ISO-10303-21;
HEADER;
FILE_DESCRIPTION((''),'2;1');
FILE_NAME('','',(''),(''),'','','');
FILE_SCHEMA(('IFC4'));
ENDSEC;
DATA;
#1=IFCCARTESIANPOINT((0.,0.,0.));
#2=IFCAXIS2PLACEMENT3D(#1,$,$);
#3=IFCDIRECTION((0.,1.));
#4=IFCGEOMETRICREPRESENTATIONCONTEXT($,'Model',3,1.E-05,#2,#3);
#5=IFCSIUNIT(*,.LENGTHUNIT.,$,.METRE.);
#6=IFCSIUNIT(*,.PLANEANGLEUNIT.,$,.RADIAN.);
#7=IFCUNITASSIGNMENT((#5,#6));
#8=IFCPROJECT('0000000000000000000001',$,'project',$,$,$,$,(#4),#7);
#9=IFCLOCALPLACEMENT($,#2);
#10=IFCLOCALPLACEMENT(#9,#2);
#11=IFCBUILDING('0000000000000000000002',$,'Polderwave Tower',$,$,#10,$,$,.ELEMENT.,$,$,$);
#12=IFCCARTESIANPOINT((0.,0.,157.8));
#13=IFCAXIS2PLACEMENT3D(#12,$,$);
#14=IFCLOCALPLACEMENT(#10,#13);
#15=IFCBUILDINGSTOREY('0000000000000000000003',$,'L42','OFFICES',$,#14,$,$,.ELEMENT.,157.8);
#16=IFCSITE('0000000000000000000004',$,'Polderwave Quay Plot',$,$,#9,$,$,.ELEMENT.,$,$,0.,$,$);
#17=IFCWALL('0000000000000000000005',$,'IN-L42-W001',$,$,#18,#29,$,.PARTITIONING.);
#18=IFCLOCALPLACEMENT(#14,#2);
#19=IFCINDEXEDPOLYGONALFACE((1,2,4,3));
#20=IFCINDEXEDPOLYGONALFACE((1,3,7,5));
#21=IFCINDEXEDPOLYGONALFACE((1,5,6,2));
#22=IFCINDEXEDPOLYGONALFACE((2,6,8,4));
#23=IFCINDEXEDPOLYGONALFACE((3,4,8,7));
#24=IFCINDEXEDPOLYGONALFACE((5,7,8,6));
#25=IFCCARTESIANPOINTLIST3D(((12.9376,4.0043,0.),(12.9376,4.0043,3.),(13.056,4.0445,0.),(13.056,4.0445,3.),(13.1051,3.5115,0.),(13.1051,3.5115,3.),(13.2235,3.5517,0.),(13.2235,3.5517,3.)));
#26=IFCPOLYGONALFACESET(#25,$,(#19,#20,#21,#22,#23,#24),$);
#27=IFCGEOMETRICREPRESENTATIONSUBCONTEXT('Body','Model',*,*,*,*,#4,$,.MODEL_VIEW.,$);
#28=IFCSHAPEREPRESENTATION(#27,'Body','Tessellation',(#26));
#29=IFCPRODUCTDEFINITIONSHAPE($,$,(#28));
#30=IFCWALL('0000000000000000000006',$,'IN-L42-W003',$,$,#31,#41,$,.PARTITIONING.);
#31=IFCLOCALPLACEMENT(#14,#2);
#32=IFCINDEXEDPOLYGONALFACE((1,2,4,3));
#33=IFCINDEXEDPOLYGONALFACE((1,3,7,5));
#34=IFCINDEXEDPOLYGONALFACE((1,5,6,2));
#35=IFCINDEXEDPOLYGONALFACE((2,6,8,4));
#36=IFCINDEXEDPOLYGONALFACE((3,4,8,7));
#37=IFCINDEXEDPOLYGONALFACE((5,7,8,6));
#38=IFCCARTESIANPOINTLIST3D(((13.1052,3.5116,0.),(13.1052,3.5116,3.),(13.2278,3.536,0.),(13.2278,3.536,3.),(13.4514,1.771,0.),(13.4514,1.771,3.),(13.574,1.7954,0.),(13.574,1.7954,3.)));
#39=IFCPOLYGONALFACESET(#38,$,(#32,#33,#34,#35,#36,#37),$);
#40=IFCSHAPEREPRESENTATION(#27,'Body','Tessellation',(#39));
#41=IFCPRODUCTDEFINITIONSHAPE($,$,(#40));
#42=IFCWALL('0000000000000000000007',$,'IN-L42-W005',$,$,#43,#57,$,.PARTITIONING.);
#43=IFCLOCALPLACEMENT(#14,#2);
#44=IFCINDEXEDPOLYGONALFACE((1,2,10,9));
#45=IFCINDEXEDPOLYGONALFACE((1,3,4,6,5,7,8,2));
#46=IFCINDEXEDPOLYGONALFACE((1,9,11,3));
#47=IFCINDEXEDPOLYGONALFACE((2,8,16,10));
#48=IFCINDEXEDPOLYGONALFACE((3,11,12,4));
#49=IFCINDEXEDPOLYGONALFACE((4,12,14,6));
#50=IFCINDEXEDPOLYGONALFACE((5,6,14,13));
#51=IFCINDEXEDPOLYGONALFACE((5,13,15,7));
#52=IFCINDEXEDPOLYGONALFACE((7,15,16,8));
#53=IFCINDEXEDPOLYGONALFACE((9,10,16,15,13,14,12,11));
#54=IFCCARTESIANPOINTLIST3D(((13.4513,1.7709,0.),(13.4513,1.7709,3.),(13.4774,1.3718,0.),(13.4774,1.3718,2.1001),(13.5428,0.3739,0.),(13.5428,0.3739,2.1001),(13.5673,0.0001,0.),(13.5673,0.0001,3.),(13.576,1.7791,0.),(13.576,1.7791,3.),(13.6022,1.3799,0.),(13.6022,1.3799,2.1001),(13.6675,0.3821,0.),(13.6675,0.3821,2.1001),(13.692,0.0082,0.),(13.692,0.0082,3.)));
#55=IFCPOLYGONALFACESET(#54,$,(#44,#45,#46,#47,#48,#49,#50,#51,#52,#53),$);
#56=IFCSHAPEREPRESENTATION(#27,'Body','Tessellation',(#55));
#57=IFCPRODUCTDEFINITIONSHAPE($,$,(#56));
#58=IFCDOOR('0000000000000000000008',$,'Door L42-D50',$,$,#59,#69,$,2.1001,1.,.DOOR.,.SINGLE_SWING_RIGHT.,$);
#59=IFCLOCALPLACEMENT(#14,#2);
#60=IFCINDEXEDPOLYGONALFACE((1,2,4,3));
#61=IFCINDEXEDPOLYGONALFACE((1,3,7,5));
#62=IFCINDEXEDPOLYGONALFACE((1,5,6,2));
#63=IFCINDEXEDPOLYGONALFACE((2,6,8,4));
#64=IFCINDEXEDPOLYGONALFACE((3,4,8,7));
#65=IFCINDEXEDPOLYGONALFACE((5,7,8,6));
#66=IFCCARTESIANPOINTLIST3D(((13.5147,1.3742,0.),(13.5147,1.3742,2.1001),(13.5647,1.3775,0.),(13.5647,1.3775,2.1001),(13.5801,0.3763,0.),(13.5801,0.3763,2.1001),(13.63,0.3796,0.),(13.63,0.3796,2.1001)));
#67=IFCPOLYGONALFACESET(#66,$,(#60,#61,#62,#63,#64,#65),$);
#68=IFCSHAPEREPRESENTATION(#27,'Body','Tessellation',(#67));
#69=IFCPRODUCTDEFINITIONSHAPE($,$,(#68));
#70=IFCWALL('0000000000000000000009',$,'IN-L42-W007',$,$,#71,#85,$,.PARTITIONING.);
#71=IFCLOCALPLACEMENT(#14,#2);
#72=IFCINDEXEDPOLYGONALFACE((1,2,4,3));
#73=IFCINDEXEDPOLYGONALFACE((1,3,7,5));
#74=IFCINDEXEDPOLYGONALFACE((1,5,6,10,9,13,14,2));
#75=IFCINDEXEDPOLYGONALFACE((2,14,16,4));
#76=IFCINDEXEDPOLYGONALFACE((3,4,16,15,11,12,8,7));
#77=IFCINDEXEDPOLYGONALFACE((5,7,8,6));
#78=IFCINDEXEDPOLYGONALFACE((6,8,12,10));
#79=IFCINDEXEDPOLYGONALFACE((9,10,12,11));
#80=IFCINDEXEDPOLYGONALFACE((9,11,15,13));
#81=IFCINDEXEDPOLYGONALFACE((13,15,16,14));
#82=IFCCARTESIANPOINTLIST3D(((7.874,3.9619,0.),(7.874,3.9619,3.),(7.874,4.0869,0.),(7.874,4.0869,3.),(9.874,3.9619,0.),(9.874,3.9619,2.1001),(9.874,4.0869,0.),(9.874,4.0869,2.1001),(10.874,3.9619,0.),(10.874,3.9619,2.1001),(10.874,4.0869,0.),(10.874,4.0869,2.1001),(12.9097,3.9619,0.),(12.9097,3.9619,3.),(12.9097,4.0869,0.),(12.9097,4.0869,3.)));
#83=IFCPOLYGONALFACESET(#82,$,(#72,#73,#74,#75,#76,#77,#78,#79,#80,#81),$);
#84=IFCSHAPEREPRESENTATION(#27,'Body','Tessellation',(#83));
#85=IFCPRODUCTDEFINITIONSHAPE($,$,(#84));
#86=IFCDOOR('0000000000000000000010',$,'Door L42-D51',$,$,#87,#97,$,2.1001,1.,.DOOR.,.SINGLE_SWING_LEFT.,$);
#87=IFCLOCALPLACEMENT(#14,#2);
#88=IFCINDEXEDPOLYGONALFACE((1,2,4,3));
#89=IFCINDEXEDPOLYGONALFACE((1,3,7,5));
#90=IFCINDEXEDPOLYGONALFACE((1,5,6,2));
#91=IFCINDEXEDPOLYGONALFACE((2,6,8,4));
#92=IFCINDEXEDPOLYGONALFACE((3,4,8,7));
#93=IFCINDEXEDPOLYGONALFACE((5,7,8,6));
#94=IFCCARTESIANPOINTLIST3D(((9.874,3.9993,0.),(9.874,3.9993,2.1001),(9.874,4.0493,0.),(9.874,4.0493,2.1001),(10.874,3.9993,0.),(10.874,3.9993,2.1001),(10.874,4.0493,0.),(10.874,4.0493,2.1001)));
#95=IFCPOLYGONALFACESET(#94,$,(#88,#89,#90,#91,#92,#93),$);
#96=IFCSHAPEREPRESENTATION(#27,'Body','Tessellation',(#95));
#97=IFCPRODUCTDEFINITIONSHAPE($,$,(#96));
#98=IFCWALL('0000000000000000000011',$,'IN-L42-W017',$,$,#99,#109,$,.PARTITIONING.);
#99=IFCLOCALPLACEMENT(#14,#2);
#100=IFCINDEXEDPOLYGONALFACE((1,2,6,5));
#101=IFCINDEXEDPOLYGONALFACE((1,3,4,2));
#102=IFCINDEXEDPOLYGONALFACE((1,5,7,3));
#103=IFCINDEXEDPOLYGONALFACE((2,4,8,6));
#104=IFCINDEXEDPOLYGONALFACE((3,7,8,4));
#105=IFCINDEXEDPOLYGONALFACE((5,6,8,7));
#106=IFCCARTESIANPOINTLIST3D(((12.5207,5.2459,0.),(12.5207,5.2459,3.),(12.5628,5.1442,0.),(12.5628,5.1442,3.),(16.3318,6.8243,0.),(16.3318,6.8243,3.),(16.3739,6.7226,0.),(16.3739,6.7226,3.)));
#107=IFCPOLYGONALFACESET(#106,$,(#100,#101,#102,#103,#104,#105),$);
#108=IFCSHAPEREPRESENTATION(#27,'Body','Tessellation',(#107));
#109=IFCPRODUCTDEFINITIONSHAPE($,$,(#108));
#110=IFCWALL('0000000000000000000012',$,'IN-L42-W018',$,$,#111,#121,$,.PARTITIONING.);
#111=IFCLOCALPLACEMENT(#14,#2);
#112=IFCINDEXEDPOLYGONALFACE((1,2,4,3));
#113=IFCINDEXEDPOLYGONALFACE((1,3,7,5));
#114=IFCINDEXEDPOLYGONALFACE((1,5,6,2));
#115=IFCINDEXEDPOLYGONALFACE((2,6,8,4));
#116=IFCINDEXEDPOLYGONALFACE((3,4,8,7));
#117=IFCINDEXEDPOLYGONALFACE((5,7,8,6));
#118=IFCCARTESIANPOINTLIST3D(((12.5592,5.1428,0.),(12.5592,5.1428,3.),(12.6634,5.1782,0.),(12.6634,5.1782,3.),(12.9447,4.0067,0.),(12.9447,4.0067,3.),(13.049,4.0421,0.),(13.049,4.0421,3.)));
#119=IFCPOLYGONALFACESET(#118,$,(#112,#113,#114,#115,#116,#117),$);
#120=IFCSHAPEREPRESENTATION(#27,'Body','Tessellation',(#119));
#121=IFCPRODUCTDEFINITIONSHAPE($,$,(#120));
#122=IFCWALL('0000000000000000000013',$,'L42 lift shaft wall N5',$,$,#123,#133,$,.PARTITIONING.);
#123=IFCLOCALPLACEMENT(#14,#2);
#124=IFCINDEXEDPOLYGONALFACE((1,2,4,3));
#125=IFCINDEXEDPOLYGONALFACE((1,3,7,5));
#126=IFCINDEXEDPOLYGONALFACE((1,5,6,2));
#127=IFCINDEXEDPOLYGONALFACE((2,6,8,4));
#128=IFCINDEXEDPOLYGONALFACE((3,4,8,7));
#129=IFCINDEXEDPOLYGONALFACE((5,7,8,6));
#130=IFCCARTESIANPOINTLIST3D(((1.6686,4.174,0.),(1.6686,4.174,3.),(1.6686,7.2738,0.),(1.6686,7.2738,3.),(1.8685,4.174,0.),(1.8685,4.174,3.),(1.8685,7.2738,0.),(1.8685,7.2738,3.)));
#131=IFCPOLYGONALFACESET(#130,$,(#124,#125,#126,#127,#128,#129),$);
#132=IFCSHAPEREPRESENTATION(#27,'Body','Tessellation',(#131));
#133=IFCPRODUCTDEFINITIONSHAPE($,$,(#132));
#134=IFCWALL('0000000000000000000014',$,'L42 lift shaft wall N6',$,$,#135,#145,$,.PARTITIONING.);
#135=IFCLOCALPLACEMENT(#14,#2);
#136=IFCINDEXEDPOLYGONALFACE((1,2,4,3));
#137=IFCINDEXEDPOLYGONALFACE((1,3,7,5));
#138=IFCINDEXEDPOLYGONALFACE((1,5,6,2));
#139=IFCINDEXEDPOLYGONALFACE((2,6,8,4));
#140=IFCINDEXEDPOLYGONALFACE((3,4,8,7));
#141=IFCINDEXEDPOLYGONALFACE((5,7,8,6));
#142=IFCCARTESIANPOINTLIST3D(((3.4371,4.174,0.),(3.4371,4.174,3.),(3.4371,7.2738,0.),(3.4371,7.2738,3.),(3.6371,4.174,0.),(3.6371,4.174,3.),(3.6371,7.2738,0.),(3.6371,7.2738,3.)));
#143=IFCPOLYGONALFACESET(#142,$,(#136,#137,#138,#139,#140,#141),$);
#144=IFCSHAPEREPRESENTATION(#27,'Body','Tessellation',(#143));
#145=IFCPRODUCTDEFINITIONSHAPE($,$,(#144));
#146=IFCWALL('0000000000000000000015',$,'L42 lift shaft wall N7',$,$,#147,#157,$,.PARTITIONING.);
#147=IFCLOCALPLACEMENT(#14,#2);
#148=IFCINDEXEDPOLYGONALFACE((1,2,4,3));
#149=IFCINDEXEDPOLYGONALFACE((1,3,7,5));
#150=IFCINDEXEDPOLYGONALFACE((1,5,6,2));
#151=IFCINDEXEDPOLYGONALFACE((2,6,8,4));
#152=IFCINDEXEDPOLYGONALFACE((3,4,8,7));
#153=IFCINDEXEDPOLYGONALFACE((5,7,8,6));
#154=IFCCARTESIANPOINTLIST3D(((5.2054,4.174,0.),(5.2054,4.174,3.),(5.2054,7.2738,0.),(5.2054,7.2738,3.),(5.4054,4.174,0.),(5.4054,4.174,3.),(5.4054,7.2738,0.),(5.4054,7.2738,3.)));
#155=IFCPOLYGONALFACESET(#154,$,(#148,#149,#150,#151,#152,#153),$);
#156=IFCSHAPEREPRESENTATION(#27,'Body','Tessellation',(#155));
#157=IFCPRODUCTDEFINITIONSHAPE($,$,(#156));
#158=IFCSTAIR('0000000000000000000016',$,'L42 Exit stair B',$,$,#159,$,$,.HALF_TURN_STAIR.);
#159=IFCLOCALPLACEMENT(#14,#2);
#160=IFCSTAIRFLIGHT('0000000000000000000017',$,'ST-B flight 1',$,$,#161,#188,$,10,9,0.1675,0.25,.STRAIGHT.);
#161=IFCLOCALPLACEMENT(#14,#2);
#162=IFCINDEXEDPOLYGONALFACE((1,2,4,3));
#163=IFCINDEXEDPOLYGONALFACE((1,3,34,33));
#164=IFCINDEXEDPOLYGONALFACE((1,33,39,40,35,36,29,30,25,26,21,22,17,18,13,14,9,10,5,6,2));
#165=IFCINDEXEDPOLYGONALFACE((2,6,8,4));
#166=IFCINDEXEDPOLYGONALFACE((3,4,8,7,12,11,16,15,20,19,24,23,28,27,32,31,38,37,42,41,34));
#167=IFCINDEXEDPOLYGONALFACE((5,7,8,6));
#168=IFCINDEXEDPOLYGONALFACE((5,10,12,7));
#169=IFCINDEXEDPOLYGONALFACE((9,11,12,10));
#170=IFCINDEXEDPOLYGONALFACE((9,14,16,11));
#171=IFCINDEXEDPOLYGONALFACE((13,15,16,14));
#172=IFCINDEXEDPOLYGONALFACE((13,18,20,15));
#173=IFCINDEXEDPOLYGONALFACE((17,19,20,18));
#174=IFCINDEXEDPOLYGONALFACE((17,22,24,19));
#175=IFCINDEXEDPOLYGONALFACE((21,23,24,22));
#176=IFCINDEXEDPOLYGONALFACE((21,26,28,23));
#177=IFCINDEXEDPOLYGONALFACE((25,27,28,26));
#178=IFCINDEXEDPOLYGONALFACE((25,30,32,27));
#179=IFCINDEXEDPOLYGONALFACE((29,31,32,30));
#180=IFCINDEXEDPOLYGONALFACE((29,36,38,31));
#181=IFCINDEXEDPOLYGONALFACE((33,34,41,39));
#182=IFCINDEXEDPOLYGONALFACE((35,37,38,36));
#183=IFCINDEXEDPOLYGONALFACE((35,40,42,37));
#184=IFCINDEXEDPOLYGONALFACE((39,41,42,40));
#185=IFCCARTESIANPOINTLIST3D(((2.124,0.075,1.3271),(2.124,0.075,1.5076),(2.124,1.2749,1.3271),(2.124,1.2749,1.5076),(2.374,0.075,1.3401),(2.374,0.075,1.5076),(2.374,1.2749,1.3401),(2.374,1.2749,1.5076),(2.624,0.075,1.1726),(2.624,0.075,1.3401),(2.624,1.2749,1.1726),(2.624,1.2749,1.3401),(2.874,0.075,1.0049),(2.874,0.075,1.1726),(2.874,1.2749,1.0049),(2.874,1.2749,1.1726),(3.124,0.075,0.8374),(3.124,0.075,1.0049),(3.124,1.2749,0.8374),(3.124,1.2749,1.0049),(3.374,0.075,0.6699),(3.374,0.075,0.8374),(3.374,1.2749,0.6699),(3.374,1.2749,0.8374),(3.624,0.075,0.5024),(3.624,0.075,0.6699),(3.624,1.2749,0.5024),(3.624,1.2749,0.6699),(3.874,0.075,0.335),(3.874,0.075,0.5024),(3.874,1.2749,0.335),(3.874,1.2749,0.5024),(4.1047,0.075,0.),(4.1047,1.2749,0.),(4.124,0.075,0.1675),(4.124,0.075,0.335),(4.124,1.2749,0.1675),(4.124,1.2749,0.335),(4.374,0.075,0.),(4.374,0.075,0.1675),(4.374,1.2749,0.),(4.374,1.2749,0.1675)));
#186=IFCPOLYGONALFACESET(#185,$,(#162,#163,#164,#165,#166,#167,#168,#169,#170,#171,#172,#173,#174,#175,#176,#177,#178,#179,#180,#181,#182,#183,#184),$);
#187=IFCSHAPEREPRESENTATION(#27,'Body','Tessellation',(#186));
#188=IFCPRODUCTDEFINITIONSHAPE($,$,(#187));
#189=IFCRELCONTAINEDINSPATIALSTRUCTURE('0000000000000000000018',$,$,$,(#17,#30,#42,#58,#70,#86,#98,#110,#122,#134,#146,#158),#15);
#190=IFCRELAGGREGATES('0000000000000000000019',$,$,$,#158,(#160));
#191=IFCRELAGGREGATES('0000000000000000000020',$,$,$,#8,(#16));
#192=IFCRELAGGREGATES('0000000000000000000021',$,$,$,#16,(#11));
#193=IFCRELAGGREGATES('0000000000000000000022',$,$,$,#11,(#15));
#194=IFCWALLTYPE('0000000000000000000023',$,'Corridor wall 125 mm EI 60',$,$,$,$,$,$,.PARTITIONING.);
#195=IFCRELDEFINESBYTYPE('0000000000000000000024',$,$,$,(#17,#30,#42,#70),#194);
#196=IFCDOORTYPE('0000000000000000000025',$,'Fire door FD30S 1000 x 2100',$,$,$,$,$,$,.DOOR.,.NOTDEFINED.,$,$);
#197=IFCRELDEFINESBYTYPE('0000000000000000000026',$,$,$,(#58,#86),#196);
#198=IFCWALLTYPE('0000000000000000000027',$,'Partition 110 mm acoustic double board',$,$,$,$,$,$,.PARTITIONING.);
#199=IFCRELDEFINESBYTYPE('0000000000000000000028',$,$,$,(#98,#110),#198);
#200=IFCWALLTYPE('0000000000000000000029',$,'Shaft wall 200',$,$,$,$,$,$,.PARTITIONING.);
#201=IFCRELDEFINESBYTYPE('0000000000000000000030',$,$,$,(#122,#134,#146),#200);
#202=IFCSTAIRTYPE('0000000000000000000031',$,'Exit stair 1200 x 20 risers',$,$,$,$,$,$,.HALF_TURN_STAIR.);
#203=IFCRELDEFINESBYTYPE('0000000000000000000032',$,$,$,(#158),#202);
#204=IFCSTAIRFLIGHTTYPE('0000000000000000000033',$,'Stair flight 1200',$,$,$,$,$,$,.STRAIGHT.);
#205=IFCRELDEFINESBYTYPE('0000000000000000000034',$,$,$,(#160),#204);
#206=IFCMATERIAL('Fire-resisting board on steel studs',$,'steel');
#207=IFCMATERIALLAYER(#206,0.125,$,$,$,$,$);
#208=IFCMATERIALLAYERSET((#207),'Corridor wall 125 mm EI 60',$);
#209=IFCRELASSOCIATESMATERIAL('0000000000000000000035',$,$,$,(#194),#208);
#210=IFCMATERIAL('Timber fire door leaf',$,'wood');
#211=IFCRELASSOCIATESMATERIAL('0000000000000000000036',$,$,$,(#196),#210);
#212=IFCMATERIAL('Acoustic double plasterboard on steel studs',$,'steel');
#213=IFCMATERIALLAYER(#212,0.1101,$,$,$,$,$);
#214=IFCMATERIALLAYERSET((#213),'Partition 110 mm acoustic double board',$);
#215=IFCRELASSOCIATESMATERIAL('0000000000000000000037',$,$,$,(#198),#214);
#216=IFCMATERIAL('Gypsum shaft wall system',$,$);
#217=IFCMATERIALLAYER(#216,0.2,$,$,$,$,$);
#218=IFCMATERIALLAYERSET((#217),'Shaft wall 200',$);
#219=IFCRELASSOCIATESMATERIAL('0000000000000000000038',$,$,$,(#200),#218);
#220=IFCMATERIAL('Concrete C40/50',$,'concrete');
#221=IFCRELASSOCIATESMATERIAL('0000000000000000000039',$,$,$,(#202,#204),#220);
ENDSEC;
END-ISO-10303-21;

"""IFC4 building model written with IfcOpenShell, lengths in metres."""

from ifc_helpers import new_model, si_unit, direction, frame, frame_2d, origin, place, context, subcontext, project, spatial, polyline, rectangle, outline, extrude, material, layer, layer_set, type_object, element, fill, aggregate, save


model = new_model("IFC4")

# Units and contexts
model_context = context("Model", 3, precision=1e-05, world=origin(), true_north=direction((0.0, 1.0)))
body_context = subcontext(model_context, "Body", "Model", "MODEL_VIEW")
ifc_project = project(units=[si_unit("LENGTHUNIT", "METRE"), si_unit("PLANEANGLEUNIT", "RADIAN")], contexts=[model_context])

# Site, building, storey
site_placement = place(None, origin())
site = spatial("IfcSite", under=ifc_project, at=site_placement, Name="Polderwave Quay Plot", CompositionType="ELEMENT", RefElevation=0.0)
building_placement = place(site_placement, origin())
building = spatial("IfcBuilding", under=site, at=building_placement, Name="Polderwave Tower", CompositionType="ELEMENT")
storey_placement = place(building_placement, frame((0.0, 0.0, 157.8)))
storey = spatial("IfcBuildingStorey", under=building, at=storey_placement, Name="L42", Description="OFFICES", CompositionType="ELEMENT", Elevation=157.8)

# Walls
ifc_material_1 = material(Name="Fire-resisting board on steel studs", Category="steel")
ifc_layer_1 = layer(ifc_material_1, 0.125)
ifc_layer_set_1 = layer_set([ifc_layer_1], Name="Corridor wall 125 mm EI 60")
wall_type_1 = type_object("IfcWallType", Name="Corridor wall 125 mm EI 60", PredefinedType="PARTITIONING", material=ifc_layer_set_1)
wall_1_placement = place(storey_placement, frame((12.9968, 4.0244, 0.0), z_axis=(0.0, 0.0, 1.0), x_axis=(0.321709, -0.946838, 0.0)))
element("IfcWall", 1, at=wall_1_placement, inside=storey, type_object=wall_type_1, Name="IN-L42-W001", PredefinedType="PARTITIONING", context=body_context, shape_type="SweptSolid", body=[
    extrude(rectangle(XDim=0.5205, YDim=0.125, at=frame_2d((0.2603, 0.0))), origin(), (0.0, 0.0, 1.0), 3.0),
])
wall_2_placement = place(storey_placement, frame((13.1665, 3.5237, 0.0), z_axis=(0.0, 0.0, 1.0), x_axis=(0.195084, -0.980786, 0.0)))
element("IfcWall", 2, at=wall_2_placement, inside=storey, type_object=wall_type_1, Name="IN-L42-W003", PredefinedType="PARTITIONING", context=body_context, shape_type="SweptSolid", body=[
    extrude(rectangle(XDim=1.7747, YDim=0.125, at=frame_2d((0.8872, 0.0))), origin(), (0.0, 0.0, 1.0), 3.0),
])

# Walls, openings, doors
wall_3_placement = place(storey_placement, frame((13.5137, 1.7749, 0.0), z_axis=(0.0, 0.0, 1.0), x_axis=(0.06535, -0.997862, 0.0)))
wall_3 = element("IfcWall", 3, at=wall_3_placement, inside=storey, type_object=wall_type_1, Name="IN-L42-W005", PredefinedType="PARTITIONING", context=body_context, shape_type="SweptSolid", body=[
    extrude(rectangle(XDim=1.7747, YDim=0.125, at=frame_2d((0.8872, 0.0))), origin(), (0.0, 0.0, 1.0), 3.0),
])
opening_1_placement = place(wall_3_placement, frame((0.3999, 0.0, 0.0)))
opening_1 = element("IfcOpeningElement", 4, at=opening_1_placement, cuts=wall_3, PredefinedType="OPENING", context=body_context, shape_type="SweptSolid", body=[
    extrude(rectangle(XDim=1.0, YDim=2.1001, at=frame_2d((0.5, 1.05))), frame((0.0, 0.0725, 0.0), z_axis=(0.0, -1.0, 0.0), x_axis=(1.0, 0.0, 0.0)), (0.0, 0.0, 1.0), 0.145),
])
ifc_material_2 = material(Name="Timber fire door leaf", Category="wood")
door_type = type_object("IfcDoorType", Name="Fire door FD30S 1000 x 2100", OperationType="NOTDEFINED", PredefinedType="DOOR", material=ifc_material_2)
door_1_placement = place(opening_1_placement, origin())
door_1 = element("IfcDoor", 5, at=door_1_placement, inside=storey, type_object=door_type, Name="Door L42-D50", OperationType="SINGLE_SWING_RIGHT", OverallHeight=2.1001, OverallWidth=1.0, PredefinedType="DOOR", context=body_context, shape_type="SweptSolid", body=[
    extrude(rectangle(XDim=1.0, YDim=2.1001, at=frame_2d((0.5, 1.05))), frame((0.0, 0.0249, 0.0), z_axis=(0.0, -1.0, 0.0), x_axis=(1.0, 0.0, 0.0)), (0.0, 0.0, 1.0), 0.05),
])
fill(opening_1, door_1)
wall_4_placement = place(storey_placement, frame((7.874, 4.0244, 0.0), z_axis=(0.0, 0.0, 1.0), x_axis=(1.0, 0.0, 0.0)))
wall_4 = element("IfcWall", 6, at=wall_4_placement, inside=storey, type_object=wall_type_1, Name="IN-L42-W007", PredefinedType="PARTITIONING", context=body_context, shape_type="SweptSolid", body=[
    extrude(rectangle(XDim=5.0356, YDim=0.125, at=frame_2d((2.5178, 0.0))), origin(), (0.0, 0.0, 1.0), 3.0),
])
opening_2_placement = place(wall_4_placement, frame((2.0, 0.0, 0.0)))
opening_2 = element("IfcOpeningElement", 7, at=opening_2_placement, cuts=wall_4, PredefinedType="OPENING", context=body_context, shape_type="SweptSolid", body=[
    extrude(rectangle(XDim=1.0, YDim=2.1001, at=frame_2d((0.5, 1.05))), frame((0.0, 0.0725, 0.0), z_axis=(0.0, -1.0, 0.0), x_axis=(1.0, 0.0, 0.0)), (0.0, 0.0, 1.0), 0.145),
])
door_2_placement = place(opening_2_placement, origin())
door_2 = element("IfcDoor", 8, at=door_2_placement, inside=storey, type_object=door_type, Name="Door L42-D51", OperationType="SINGLE_SWING_LEFT", OverallHeight=2.1001, OverallWidth=1.0, PredefinedType="DOOR", context=body_context, shape_type="SweptSolid", body=[
    extrude(rectangle(XDim=1.0, YDim=2.1001, at=frame_2d((0.5, 1.05))), frame((0.0, 0.0249, 0.0), z_axis=(0.0, -1.0, 0.0), x_axis=(1.0, 0.0, 0.0)), (0.0, 0.0, 1.0), 0.05),
])
fill(opening_2, door_2)

# Walls
ifc_material_3 = material(Name="Acoustic double plasterboard on steel studs", Category="steel")
ifc_layer_2 = layer(ifc_material_3, 0.1101)
ifc_layer_set_2 = layer_set([ifc_layer_2], Name="Partition 110 mm acoustic double board")
wall_type_2 = type_object("IfcWallType", Name="Partition 110 mm acoustic double board", PredefinedType="PARTITIONING", material=ifc_layer_set_2)
wall_5_placement = place(storey_placement, frame((12.5417, 5.1951, 0.0), z_axis=(0.0, 0.0, 1.0), x_axis=(0.923898, 0.382639, 0.0)))
element("IfcWall", 9, at=wall_5_placement, inside=storey, type_object=wall_type_2, Name="IN-L42-W017", PredefinedType="PARTITIONING", context=body_context, shape_type="SweptSolid", body=[
    extrude(rectangle(XDim=4.125, YDim=0.1101, at=frame_2d((2.0625, 0.0))), origin(), (0.0, 0.0, 1.0), 3.0),
])
wall_6_placement = place(storey_placement, frame((12.9968, 4.0244, 0.0), z_axis=(0.0, 0.0, 1.0), x_axis=(-0.321352, 0.94696, 0.0)))
element("IfcWall", 10, at=wall_6_placement, inside=storey, type_object=wall_type_2, Name="IN-L42-W018", PredefinedType="PARTITIONING", context=body_context, shape_type="SweptSolid", body=[
    extrude(rectangle(XDim=1.1997, YDim=0.1101, at=frame_2d((0.5999, 0.0))), origin(), (0.0, 0.0, 1.0), 3.0),
])
ifc_material_4 = material(Name="Gypsum shaft wall system")
ifc_layer_3 = layer(ifc_material_4, 0.2)
ifc_layer_set_3 = layer_set([ifc_layer_3], Name="Shaft wall 200")
wall_type_3 = type_object("IfcWallType", Name="Shaft wall 200", PredefinedType="PARTITIONING", material=ifc_layer_set_3)
for number, where, z_axis, x_axis, name in (
    (11, (1.7686, 4.1741, 0.0), (0.0, 0.0, 1.0), (0.0, 1.0, 0.0), "L42 lift shaft wall N5"),
    (12, (3.5371, 4.1741, 0.0), (0.0, 0.0, 1.0), (0.0, 1.0, 0.0), "L42 lift shaft wall N6"),
    (13, (5.3054, 4.1741, 0.0), (0.0, 0.0, 1.0), (0.0, 1.0, 0.0), "L42 lift shaft wall N7"),
):
    element("IfcWall", number, at=place(storey_placement, frame(where, z_axis=z_axis, x_axis=x_axis)), inside=storey, type_object=wall_type_3, Name=name, PredefinedType="PARTITIONING", context=body_context, shape_type="SweptSolid", body=[
        extrude(rectangle(XDim=3.0999, YDim=0.2, at=frame_2d((1.5498, 0.0))), origin(), (0.0, 0.0, 1.0), 3.0),
    ])

# Stair, stair flight
ifc_material_5 = material(Name="Concrete C40/50", Category="concrete")
stair_type = type_object("IfcStairType", Name="Exit stair 1200 x 20 risers", PredefinedType="HALF_TURN_STAIR", material=ifc_material_5)
stair_placement = place(storey_placement, origin())
stair = element("IfcStair", 14, at=stair_placement, inside=storey, type_object=stair_type, Name="L42 Exit stair B", PredefinedType="HALF_TURN_STAIR")
stair_flight_type = type_object("IfcStairFlightType", Name="Stair flight 1200", PredefinedType="STRAIGHT", material=ifc_material_5)
stair_flight_placement = place(storey_placement, frame((4.374, 0.675, 0.0), z_axis=(0.0, 0.0, 1.0), x_axis=(-1.0, 0.0, 0.0)))
stair_flight = element("IfcStairFlight", 15, at=stair_flight_placement, type_object=stair_flight_type, Name="ST-B flight 1", NumberOfRisers=10, NumberOfTreads=9, PredefinedType="STRAIGHT", RiserHeight=0.1675, TreadLength=0.25, context=body_context, shape_type="SweptSolid", body=[
    extrude(outline(polyline([(0.0, 0.0), (0.0, 0.1675), (0.25, 0.1675), (0.25, 0.335), (0.5, 0.335), (0.5, 0.5024), (0.75, 0.5024), (0.75, 0.6699), (1.0, 0.6699), (1.0, 0.8374), (1.25, 0.8374), (1.25, 1.0049), (1.5, 1.0049), (1.5, 1.1726), (1.75, 1.1726), (1.75, 1.3401), (2.0, 1.3401), (2.0, 1.5076), (2.25, 1.5076), (2.25, 1.675), (2.25, 1.3271), (0.2693, 0.0), (0.0, 0.0)])), frame((0.0, 0.6001, 0.0), z_axis=(0.0, -1.0, 0.0), x_axis=(1.0, 0.0, 0.0)), (0.0, 0.0, 1.0), 1.2),
])
aggregate(stair, [stair_flight])

save(model, "model.ifc")
